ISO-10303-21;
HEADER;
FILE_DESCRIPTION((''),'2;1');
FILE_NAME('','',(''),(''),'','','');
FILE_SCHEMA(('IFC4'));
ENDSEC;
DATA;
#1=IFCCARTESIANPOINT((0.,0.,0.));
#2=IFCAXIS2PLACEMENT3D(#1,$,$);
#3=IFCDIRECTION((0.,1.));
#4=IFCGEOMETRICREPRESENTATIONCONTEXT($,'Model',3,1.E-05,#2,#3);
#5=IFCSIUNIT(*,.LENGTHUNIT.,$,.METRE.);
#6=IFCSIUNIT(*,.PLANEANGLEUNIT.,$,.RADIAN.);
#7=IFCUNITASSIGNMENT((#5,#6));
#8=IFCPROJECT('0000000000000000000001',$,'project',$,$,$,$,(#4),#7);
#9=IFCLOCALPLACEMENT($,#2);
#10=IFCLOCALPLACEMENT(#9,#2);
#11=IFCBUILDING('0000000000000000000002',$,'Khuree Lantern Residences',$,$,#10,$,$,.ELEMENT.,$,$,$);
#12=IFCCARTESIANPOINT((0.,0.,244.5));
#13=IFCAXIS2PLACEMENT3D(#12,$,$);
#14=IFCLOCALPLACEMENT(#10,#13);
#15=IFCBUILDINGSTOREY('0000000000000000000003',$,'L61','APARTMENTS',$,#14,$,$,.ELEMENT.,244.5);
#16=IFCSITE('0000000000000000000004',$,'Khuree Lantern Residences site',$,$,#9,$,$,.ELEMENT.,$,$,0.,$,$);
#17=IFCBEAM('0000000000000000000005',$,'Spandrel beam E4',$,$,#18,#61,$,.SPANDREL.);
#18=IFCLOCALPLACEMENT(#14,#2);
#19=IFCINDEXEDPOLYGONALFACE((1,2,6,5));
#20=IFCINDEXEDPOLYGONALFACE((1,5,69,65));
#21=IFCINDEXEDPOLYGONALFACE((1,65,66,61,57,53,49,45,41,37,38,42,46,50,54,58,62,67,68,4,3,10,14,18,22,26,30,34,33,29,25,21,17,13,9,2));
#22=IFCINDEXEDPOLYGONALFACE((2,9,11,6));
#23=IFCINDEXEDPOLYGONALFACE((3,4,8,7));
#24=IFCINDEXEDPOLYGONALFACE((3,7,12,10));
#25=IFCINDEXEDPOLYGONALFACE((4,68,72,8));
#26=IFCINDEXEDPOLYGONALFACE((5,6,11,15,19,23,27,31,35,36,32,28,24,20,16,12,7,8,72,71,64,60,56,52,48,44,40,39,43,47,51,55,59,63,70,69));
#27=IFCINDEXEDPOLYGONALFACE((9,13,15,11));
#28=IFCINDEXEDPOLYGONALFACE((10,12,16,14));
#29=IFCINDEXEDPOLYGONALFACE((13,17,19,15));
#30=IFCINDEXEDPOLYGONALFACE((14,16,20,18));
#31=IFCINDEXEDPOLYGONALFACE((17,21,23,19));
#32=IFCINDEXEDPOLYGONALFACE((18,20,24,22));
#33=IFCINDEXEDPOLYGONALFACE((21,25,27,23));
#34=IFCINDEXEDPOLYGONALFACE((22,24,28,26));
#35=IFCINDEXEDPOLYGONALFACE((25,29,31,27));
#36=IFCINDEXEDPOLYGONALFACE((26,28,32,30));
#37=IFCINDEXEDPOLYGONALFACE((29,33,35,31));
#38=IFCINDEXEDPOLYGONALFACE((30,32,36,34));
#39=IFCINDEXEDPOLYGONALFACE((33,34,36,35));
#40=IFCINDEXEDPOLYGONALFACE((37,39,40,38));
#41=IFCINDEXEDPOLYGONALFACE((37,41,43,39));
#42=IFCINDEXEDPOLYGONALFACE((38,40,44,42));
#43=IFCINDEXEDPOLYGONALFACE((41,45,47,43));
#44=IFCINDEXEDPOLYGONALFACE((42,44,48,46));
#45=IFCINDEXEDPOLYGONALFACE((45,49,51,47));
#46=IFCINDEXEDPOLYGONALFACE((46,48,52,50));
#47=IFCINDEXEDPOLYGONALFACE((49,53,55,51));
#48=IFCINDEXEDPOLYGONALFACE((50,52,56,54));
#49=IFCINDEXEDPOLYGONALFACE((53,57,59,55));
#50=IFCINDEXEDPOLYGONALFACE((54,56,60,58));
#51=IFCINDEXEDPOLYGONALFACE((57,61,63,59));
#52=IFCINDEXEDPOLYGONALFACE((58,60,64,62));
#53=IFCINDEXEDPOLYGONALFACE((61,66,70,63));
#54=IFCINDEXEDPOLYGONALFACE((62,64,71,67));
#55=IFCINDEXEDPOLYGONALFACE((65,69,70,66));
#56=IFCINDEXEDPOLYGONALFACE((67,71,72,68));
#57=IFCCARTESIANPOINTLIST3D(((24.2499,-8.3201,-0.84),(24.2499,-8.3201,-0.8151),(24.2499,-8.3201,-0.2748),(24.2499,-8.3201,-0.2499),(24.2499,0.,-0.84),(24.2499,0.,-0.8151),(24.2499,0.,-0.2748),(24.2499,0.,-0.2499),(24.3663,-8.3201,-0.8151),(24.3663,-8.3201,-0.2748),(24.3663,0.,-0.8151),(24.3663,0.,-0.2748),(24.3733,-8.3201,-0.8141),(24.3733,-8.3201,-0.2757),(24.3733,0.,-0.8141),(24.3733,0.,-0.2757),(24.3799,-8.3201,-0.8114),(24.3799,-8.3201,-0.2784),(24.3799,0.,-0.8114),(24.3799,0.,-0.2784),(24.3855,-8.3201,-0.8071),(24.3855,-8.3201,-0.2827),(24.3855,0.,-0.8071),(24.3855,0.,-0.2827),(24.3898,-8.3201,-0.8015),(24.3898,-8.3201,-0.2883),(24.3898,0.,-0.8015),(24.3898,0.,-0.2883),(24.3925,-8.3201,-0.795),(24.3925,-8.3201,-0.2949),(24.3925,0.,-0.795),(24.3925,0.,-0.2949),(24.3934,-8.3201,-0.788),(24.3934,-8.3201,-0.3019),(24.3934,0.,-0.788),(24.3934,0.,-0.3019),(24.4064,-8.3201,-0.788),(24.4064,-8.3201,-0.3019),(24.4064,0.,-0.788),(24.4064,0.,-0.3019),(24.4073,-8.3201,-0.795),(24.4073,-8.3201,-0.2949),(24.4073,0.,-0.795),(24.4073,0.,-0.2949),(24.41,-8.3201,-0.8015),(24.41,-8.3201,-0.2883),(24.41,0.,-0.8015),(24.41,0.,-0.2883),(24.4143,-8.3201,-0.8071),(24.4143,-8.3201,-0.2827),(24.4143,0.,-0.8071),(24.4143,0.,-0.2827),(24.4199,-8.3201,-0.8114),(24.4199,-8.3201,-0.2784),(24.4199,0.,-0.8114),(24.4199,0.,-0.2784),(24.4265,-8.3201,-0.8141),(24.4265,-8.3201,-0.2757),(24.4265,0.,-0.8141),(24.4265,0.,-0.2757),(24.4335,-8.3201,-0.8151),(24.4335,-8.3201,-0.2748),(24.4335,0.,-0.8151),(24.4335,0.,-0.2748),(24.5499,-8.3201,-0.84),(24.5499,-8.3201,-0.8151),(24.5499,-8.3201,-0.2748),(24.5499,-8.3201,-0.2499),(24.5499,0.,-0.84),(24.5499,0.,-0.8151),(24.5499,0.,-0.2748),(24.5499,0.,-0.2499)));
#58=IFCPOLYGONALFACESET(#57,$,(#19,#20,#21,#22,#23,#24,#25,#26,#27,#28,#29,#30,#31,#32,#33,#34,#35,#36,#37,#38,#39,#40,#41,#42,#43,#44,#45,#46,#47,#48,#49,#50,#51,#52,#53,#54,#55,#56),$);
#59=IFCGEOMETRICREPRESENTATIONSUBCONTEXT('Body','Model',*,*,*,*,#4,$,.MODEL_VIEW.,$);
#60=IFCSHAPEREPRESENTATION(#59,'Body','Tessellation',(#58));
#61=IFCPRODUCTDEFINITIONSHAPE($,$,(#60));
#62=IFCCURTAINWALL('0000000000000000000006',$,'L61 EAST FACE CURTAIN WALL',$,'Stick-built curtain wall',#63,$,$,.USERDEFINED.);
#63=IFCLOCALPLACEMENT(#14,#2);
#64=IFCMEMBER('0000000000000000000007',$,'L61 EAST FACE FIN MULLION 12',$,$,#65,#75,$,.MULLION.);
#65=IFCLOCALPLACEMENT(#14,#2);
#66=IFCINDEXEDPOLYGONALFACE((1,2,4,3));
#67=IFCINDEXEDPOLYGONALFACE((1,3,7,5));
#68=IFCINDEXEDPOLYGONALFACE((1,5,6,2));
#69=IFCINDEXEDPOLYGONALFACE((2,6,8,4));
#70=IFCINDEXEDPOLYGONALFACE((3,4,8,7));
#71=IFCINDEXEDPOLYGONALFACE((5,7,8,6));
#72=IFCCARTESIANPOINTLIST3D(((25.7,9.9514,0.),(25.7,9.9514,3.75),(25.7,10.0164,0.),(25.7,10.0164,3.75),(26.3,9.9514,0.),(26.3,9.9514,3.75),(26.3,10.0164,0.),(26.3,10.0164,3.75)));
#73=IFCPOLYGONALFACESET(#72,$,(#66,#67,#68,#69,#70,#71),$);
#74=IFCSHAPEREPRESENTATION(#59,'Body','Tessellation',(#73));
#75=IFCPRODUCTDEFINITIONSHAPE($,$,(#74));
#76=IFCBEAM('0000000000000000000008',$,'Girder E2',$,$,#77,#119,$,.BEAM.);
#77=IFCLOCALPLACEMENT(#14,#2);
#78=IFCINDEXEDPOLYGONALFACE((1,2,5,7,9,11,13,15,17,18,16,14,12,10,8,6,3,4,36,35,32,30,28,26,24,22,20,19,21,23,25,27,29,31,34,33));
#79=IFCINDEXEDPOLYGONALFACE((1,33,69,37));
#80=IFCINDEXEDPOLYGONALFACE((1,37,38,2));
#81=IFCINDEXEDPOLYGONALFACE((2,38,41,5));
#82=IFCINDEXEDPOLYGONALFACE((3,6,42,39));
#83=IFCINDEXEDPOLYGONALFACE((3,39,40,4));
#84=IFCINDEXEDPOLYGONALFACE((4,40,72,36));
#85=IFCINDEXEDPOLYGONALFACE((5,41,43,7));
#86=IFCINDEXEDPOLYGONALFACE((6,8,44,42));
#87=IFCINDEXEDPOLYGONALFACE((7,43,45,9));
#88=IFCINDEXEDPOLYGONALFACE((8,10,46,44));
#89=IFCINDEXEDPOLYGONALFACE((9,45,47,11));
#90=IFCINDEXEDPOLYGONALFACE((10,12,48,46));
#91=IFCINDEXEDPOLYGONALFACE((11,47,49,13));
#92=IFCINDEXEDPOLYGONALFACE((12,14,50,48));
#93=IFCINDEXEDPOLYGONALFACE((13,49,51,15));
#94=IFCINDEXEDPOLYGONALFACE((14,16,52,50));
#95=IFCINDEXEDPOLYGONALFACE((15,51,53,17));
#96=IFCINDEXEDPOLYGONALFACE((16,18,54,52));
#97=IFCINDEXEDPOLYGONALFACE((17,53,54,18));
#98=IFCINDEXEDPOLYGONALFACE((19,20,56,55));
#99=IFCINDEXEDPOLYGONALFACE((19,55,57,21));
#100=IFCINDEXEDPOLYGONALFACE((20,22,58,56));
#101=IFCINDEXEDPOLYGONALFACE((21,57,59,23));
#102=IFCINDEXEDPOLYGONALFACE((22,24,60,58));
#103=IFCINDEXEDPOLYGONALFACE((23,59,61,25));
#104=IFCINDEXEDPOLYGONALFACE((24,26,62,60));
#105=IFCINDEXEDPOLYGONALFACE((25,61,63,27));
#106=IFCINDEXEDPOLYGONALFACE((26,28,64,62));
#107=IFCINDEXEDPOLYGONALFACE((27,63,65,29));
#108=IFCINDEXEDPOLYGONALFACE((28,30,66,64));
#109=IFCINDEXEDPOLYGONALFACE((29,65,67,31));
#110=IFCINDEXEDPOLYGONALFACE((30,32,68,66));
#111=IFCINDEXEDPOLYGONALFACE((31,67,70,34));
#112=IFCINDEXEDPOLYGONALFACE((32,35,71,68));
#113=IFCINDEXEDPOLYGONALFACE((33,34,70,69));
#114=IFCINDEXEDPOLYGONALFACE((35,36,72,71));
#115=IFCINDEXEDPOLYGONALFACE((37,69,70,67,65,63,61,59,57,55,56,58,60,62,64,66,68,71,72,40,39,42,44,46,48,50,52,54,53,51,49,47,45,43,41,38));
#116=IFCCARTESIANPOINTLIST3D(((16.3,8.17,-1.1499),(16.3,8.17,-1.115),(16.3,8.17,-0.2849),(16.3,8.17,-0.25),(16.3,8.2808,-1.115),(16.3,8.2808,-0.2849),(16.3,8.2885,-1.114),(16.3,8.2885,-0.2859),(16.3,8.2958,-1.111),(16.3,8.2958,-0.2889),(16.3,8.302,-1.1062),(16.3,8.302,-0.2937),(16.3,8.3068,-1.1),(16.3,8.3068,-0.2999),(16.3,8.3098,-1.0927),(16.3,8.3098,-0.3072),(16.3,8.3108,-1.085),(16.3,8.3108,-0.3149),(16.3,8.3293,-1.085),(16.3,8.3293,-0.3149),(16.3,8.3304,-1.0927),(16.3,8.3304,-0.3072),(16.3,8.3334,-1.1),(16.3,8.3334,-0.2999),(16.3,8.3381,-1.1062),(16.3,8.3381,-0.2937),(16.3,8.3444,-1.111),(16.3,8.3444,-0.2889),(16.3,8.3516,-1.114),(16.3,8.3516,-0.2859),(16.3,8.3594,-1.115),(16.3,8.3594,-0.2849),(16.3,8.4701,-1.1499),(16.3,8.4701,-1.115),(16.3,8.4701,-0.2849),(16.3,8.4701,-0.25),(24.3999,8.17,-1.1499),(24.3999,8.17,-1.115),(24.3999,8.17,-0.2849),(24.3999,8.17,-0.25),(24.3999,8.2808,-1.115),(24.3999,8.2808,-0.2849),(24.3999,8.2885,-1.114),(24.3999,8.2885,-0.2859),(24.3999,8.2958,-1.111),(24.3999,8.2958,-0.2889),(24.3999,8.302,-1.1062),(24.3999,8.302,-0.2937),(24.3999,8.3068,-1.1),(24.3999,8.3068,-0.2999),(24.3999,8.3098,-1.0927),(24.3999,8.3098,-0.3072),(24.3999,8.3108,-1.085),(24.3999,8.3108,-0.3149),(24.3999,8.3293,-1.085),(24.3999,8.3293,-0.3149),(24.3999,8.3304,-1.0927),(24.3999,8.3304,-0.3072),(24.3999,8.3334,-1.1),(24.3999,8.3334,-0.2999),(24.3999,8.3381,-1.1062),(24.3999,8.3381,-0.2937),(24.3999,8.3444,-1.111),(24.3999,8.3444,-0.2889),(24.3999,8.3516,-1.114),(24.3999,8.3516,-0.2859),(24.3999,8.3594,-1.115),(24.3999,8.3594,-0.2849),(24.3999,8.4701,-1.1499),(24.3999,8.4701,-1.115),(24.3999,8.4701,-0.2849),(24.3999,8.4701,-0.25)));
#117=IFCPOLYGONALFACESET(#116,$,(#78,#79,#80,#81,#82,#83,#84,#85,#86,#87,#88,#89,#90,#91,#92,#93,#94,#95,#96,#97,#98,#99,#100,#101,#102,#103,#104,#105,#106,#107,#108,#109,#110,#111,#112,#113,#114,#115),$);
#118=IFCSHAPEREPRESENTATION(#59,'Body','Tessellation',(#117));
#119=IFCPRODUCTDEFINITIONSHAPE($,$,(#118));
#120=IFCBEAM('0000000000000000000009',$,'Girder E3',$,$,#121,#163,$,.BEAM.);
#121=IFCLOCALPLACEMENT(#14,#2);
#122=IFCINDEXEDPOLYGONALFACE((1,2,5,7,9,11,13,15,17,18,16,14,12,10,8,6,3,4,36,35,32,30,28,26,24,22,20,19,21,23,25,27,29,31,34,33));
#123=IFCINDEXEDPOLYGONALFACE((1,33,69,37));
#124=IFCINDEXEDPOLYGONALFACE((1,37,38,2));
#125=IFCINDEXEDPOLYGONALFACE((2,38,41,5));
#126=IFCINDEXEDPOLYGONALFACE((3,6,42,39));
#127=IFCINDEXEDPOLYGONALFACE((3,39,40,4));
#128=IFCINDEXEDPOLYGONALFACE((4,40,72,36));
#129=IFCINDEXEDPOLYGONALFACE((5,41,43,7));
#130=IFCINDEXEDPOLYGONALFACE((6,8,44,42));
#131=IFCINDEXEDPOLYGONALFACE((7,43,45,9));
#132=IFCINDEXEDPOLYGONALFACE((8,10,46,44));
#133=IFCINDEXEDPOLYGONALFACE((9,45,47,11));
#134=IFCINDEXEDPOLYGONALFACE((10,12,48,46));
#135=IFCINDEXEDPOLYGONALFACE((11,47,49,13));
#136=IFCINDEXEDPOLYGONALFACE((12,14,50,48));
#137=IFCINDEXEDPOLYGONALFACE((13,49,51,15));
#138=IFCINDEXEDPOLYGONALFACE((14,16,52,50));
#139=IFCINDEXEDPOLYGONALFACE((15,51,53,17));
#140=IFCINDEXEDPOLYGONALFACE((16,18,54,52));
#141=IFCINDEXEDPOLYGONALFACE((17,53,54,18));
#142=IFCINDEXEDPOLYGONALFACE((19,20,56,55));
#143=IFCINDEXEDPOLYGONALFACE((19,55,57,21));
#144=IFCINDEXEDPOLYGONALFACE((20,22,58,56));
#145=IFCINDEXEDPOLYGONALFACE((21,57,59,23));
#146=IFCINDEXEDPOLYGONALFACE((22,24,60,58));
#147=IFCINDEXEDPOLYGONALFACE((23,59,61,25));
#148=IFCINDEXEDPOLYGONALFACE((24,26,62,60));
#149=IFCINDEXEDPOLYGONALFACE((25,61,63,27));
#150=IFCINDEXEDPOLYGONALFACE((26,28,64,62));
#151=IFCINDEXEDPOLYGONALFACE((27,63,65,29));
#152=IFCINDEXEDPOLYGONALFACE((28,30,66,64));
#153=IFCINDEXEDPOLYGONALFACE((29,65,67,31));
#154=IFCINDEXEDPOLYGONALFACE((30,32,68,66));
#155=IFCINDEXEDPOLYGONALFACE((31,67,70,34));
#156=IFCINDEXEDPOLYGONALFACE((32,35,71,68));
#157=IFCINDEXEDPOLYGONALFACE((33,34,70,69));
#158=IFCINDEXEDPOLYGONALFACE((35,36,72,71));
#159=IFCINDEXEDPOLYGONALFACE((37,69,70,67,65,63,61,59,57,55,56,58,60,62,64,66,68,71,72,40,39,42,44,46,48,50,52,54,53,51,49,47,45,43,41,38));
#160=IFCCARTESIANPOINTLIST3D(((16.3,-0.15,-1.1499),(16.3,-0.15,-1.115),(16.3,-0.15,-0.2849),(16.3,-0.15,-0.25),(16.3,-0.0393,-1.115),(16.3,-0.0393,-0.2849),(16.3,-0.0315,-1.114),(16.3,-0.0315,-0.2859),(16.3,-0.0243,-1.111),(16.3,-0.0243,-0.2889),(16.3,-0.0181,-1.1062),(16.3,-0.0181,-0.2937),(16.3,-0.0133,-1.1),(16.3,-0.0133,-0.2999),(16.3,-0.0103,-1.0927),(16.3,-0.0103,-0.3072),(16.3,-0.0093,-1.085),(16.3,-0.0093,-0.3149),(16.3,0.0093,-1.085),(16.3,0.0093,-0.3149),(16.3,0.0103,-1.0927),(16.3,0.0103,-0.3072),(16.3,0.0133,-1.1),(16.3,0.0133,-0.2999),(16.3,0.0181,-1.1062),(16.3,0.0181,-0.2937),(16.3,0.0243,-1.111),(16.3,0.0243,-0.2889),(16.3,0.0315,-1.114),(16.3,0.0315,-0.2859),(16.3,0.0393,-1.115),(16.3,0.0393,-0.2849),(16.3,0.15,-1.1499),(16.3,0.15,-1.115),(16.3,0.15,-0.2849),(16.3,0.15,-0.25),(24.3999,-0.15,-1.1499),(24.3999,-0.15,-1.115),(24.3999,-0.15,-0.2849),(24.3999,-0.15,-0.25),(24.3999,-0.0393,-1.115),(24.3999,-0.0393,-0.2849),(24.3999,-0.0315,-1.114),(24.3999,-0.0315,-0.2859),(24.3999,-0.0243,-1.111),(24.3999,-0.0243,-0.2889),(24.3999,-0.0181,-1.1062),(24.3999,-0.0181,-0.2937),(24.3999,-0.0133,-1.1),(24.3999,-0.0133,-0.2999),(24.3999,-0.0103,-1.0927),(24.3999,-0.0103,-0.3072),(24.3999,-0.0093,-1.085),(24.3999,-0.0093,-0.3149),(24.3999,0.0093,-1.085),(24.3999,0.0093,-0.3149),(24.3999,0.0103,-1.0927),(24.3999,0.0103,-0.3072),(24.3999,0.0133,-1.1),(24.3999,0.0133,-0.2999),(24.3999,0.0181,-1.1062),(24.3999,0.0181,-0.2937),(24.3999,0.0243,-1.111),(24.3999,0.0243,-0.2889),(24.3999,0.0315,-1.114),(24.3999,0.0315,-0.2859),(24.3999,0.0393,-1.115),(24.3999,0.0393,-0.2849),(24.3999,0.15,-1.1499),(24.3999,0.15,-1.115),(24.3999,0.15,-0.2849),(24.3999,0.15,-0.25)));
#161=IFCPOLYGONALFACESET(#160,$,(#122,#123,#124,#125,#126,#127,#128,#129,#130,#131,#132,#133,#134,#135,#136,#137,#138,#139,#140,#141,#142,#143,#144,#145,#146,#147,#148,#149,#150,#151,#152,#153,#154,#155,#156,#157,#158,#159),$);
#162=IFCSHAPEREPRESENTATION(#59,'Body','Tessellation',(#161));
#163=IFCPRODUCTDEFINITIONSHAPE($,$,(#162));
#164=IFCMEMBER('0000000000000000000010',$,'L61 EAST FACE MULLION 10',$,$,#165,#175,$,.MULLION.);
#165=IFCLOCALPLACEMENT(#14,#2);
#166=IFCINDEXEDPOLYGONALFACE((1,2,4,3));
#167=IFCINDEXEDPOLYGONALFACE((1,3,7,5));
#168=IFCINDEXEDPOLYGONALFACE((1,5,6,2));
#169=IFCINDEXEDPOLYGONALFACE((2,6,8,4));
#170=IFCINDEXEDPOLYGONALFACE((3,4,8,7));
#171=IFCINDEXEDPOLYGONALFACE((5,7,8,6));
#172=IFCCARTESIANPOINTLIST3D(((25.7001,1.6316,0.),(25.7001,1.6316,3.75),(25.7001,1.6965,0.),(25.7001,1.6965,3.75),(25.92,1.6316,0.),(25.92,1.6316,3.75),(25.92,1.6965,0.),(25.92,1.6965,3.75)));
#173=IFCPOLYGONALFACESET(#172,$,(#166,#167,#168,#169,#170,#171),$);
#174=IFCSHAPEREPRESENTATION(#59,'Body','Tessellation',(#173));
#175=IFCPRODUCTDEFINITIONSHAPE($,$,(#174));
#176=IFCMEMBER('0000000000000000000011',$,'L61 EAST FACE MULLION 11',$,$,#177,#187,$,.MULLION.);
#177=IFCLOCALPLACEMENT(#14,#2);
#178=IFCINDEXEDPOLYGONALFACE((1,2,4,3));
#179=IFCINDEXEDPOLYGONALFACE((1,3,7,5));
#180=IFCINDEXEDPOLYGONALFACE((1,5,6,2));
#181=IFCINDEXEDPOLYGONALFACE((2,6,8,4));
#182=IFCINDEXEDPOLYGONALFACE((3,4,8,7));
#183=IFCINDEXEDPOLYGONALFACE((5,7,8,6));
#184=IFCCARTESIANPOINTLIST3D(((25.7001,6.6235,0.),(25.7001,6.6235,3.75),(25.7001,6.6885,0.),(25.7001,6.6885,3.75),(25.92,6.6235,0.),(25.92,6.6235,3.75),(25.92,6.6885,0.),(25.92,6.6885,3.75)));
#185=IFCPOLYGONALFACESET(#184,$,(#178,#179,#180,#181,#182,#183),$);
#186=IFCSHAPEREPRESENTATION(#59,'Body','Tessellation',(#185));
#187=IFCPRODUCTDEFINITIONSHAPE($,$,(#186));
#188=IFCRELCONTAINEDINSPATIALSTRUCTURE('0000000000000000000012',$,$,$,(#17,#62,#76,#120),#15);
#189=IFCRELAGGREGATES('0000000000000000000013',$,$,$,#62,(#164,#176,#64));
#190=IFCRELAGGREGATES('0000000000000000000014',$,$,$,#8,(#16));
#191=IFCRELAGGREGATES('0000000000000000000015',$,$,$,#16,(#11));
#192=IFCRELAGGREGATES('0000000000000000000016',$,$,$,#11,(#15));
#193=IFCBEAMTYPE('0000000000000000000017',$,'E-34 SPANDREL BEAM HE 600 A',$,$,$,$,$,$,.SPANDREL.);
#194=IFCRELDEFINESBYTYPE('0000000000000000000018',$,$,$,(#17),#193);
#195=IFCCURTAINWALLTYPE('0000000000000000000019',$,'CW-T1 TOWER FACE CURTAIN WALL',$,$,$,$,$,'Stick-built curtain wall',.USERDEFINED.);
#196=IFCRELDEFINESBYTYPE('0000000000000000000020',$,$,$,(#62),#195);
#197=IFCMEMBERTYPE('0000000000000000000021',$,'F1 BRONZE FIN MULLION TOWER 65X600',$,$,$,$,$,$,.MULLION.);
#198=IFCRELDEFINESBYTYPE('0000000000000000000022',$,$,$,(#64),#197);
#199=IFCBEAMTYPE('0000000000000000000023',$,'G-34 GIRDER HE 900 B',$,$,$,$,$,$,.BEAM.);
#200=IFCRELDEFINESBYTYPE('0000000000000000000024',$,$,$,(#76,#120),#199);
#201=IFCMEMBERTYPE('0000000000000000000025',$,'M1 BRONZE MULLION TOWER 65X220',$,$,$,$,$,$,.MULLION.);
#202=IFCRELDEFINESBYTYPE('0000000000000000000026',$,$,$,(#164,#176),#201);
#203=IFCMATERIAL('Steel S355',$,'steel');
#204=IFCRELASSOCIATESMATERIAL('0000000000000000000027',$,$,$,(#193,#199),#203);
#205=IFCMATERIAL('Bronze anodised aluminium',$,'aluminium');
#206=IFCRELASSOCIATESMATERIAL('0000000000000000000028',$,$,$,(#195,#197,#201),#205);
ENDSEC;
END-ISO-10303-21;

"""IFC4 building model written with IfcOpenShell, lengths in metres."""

from ifc_helpers import new_model, si_unit, direction, frame, origin, origin_2d, place, context, subcontext, project, spatial, rectangle, i_section, extrude, material, material_profile, profile_set, type_object, element, aggregate, save


model = new_model("IFC4")

# Units and contexts
model_context = context("Model", 3, precision=1e-05, world=origin(), true_north=direction((0.0, 1.0)))
body_context = subcontext(model_context, "Body", "Model", "MODEL_VIEW")
ifc_project = project(units=[si_unit("LENGTHUNIT", "METRE"), si_unit("PLANEANGLEUNIT", "RADIAN")], contexts=[model_context])

# Site, building, storey
site_placement = place(None, origin())
site = spatial("IfcSite", under=ifc_project, at=site_placement, Name="Khuree Lantern Residences site", CompositionType="ELEMENT", RefElevation=0.0)
building_placement = place(site_placement, origin())
building = spatial("IfcBuilding", under=site, at=building_placement, Name="Khuree Lantern Residences", CompositionType="ELEMENT")
storey_placement = place(building_placement, frame((0.0, 0.0, 244.5)))
storey = spatial("IfcBuildingStorey", under=building, at=storey_placement, Name="L61", Description="APARTMENTS", CompositionType="ELEMENT", Elevation=244.5)

# Beam
ifc_material_1 = material(Name="Steel S355", Category="steel")
ifc_material_profile_1 = material_profile(ifc_material_1, i_section(OverallWidth=0.3, OverallDepth=0.5901, WebThickness=0.0129, FlangeThickness=0.0249, FilletRadius=0.0271, at=origin_2d()), Name="HE 600 A")
ifc_profile_set_1 = profile_set([ifc_material_profile_1], Name="Steel S355")
beam_type_1 = type_object("IfcBeamType", Name="E-34 SPANDREL BEAM HE 600 A", PredefinedType="SPANDREL", material=ifc_profile_set_1)
for number, where, z_axis, x_axis, name in (
    (1, (24.3999, 0.0, -0.5449), (0.0, -1.0, 0.0), (1.0, 0.0, 0.0), "Spandrel beam E4"),
):
    element("IfcBeam", number, at=place(storey_placement, frame(where, z_axis=z_axis, x_axis=x_axis)), inside=storey, type_object=beam_type_1, Name=name, PredefinedType="SPANDREL", context=body_context, shape_type="SweptSolid", body=[
        extrude(i_section(OverallWidth=0.3, OverallDepth=0.5901, WebThickness=0.0129, FlangeThickness=0.0249, FilletRadius=0.0271, at=origin_2d()), origin(), (0.0, 0.0, 1.0), 8.3201),
    ])

# Curtain wall, member
ifc_material_2 = material(Name="Bronze anodised aluminium", Category="aluminium")
curtain_wall_type = type_object("IfcCurtainWallType", Name="CW-T1 TOWER FACE CURTAIN WALL", ElementType="Stick-built curtain wall", PredefinedType="USERDEFINED", material=ifc_material_2)
curtain_wall_placement = place(storey_placement, origin())
curtain_wall = element("IfcCurtainWall", 2, at=curtain_wall_placement, inside=storey, type_object=curtain_wall_type, Name="L61 EAST FACE CURTAIN WALL", ObjectType="Stick-built curtain wall", PredefinedType="USERDEFINED")
ifc_material_profile_2 = material_profile(ifc_material_2, rectangle(XDim=0.0649, YDim=0.6001, at=origin_2d()), Name="F1 65X600")
ifc_profile_set_2 = profile_set([ifc_material_profile_2], Name="Bronze anodised aluminium")
member_type_1 = type_object("IfcMemberType", Name="F1 BRONZE FIN MULLION TOWER 65X600", PredefinedType="MULLION", material=ifc_profile_set_2)
member_1_placement = place(storey_placement, frame((26.0, 9.9839, 0.0), z_axis=(0.0, 0.0, 1.0), x_axis=(0.0, 1.0, 0.0)))
member_1 = element("IfcMember", 3, at=member_1_placement, type_object=member_type_1, Name="L61 EAST FACE FIN MULLION 12", PredefinedType="MULLION", context=body_context, shape_type="SweptSolid", body=[
    extrude(rectangle(XDim=0.0649, YDim=0.6001, at=origin_2d()), origin(), (0.0, 0.0, 1.0), 3.75),
])

# Beams
ifc_material_profile_3 = material_profile(ifc_material_1, i_section(OverallWidth=0.3, OverallDepth=0.8999, WebThickness=0.0186, FlangeThickness=0.0349, FilletRadius=0.03, at=origin_2d()), Name="HE 900 B")
ifc_profile_set_3 = profile_set([ifc_material_profile_3], Name="Steel S355")
beam_type_2 = type_object("IfcBeamType", Name="G-34 GIRDER HE 900 B", PredefinedType="BEAM", material=ifc_profile_set_3)
for number, where, z_axis, x_axis, name in (
    (4, (24.3999, 8.3201, -0.7), (-1.0, 0.0, 0.0), (0.0, -1.0, 0.0), "Girder E2"),
    (5, (24.3999, 0.0, -0.7), (-1.0, 0.0, 0.0), (0.0, -1.0, 0.0), "Girder E3"),
):
    element("IfcBeam", number, at=place(storey_placement, frame(where, z_axis=z_axis, x_axis=x_axis)), inside=storey, type_object=beam_type_2, Name=name, PredefinedType="BEAM", context=body_context, shape_type="SweptSolid", body=[
        extrude(i_section(OverallWidth=0.3, OverallDepth=0.8999, WebThickness=0.0186, FlangeThickness=0.0349, FilletRadius=0.03, at=origin_2d()), origin(), (0.0, 0.0, 1.0), 8.0999),
    ])

# Members
ifc_material_profile_4 = material_profile(ifc_material_2, rectangle(XDim=0.0649, YDim=0.22, at=origin_2d()), Name="M1 65X220")
ifc_profile_set_4 = profile_set([ifc_material_profile_4], Name="Bronze anodised aluminium")
member_type_2 = type_object("IfcMemberType", Name="M1 BRONZE MULLION TOWER 65X220", PredefinedType="MULLION", material=ifc_profile_set_4)
member_2_placement = place(storey_placement, frame((25.8101, 1.6641, 0.0), z_axis=(0.0, 0.0, 1.0), x_axis=(0.0, 1.0, 0.0)))
member_2 = element("IfcMember", 6, at=member_2_placement, type_object=member_type_2, Name="L61 EAST FACE MULLION 10", PredefinedType="MULLION", context=body_context, shape_type="SweptSolid", body=[
    extrude(rectangle(XDim=0.0649, YDim=0.22, at=origin_2d()), origin(), (0.0, 0.0, 1.0), 3.75),
])
member_3_placement = place(storey_placement, frame((25.8101, 6.656, 0.0), z_axis=(0.0, 0.0, 1.0), x_axis=(0.0, 1.0, 0.0)))
member_3 = element("IfcMember", 7, at=member_3_placement, type_object=member_type_2, Name="L61 EAST FACE MULLION 11", PredefinedType="MULLION", context=body_context, shape_type="SweptSolid", body=[
    extrude(rectangle(XDim=0.0649, YDim=0.22, at=origin_2d()), origin(), (0.0, 0.0, 1.0), 3.75),
])

aggregate(curtain_wall, [member_2, member_3, member_1])

save(model, "model.ifc")
